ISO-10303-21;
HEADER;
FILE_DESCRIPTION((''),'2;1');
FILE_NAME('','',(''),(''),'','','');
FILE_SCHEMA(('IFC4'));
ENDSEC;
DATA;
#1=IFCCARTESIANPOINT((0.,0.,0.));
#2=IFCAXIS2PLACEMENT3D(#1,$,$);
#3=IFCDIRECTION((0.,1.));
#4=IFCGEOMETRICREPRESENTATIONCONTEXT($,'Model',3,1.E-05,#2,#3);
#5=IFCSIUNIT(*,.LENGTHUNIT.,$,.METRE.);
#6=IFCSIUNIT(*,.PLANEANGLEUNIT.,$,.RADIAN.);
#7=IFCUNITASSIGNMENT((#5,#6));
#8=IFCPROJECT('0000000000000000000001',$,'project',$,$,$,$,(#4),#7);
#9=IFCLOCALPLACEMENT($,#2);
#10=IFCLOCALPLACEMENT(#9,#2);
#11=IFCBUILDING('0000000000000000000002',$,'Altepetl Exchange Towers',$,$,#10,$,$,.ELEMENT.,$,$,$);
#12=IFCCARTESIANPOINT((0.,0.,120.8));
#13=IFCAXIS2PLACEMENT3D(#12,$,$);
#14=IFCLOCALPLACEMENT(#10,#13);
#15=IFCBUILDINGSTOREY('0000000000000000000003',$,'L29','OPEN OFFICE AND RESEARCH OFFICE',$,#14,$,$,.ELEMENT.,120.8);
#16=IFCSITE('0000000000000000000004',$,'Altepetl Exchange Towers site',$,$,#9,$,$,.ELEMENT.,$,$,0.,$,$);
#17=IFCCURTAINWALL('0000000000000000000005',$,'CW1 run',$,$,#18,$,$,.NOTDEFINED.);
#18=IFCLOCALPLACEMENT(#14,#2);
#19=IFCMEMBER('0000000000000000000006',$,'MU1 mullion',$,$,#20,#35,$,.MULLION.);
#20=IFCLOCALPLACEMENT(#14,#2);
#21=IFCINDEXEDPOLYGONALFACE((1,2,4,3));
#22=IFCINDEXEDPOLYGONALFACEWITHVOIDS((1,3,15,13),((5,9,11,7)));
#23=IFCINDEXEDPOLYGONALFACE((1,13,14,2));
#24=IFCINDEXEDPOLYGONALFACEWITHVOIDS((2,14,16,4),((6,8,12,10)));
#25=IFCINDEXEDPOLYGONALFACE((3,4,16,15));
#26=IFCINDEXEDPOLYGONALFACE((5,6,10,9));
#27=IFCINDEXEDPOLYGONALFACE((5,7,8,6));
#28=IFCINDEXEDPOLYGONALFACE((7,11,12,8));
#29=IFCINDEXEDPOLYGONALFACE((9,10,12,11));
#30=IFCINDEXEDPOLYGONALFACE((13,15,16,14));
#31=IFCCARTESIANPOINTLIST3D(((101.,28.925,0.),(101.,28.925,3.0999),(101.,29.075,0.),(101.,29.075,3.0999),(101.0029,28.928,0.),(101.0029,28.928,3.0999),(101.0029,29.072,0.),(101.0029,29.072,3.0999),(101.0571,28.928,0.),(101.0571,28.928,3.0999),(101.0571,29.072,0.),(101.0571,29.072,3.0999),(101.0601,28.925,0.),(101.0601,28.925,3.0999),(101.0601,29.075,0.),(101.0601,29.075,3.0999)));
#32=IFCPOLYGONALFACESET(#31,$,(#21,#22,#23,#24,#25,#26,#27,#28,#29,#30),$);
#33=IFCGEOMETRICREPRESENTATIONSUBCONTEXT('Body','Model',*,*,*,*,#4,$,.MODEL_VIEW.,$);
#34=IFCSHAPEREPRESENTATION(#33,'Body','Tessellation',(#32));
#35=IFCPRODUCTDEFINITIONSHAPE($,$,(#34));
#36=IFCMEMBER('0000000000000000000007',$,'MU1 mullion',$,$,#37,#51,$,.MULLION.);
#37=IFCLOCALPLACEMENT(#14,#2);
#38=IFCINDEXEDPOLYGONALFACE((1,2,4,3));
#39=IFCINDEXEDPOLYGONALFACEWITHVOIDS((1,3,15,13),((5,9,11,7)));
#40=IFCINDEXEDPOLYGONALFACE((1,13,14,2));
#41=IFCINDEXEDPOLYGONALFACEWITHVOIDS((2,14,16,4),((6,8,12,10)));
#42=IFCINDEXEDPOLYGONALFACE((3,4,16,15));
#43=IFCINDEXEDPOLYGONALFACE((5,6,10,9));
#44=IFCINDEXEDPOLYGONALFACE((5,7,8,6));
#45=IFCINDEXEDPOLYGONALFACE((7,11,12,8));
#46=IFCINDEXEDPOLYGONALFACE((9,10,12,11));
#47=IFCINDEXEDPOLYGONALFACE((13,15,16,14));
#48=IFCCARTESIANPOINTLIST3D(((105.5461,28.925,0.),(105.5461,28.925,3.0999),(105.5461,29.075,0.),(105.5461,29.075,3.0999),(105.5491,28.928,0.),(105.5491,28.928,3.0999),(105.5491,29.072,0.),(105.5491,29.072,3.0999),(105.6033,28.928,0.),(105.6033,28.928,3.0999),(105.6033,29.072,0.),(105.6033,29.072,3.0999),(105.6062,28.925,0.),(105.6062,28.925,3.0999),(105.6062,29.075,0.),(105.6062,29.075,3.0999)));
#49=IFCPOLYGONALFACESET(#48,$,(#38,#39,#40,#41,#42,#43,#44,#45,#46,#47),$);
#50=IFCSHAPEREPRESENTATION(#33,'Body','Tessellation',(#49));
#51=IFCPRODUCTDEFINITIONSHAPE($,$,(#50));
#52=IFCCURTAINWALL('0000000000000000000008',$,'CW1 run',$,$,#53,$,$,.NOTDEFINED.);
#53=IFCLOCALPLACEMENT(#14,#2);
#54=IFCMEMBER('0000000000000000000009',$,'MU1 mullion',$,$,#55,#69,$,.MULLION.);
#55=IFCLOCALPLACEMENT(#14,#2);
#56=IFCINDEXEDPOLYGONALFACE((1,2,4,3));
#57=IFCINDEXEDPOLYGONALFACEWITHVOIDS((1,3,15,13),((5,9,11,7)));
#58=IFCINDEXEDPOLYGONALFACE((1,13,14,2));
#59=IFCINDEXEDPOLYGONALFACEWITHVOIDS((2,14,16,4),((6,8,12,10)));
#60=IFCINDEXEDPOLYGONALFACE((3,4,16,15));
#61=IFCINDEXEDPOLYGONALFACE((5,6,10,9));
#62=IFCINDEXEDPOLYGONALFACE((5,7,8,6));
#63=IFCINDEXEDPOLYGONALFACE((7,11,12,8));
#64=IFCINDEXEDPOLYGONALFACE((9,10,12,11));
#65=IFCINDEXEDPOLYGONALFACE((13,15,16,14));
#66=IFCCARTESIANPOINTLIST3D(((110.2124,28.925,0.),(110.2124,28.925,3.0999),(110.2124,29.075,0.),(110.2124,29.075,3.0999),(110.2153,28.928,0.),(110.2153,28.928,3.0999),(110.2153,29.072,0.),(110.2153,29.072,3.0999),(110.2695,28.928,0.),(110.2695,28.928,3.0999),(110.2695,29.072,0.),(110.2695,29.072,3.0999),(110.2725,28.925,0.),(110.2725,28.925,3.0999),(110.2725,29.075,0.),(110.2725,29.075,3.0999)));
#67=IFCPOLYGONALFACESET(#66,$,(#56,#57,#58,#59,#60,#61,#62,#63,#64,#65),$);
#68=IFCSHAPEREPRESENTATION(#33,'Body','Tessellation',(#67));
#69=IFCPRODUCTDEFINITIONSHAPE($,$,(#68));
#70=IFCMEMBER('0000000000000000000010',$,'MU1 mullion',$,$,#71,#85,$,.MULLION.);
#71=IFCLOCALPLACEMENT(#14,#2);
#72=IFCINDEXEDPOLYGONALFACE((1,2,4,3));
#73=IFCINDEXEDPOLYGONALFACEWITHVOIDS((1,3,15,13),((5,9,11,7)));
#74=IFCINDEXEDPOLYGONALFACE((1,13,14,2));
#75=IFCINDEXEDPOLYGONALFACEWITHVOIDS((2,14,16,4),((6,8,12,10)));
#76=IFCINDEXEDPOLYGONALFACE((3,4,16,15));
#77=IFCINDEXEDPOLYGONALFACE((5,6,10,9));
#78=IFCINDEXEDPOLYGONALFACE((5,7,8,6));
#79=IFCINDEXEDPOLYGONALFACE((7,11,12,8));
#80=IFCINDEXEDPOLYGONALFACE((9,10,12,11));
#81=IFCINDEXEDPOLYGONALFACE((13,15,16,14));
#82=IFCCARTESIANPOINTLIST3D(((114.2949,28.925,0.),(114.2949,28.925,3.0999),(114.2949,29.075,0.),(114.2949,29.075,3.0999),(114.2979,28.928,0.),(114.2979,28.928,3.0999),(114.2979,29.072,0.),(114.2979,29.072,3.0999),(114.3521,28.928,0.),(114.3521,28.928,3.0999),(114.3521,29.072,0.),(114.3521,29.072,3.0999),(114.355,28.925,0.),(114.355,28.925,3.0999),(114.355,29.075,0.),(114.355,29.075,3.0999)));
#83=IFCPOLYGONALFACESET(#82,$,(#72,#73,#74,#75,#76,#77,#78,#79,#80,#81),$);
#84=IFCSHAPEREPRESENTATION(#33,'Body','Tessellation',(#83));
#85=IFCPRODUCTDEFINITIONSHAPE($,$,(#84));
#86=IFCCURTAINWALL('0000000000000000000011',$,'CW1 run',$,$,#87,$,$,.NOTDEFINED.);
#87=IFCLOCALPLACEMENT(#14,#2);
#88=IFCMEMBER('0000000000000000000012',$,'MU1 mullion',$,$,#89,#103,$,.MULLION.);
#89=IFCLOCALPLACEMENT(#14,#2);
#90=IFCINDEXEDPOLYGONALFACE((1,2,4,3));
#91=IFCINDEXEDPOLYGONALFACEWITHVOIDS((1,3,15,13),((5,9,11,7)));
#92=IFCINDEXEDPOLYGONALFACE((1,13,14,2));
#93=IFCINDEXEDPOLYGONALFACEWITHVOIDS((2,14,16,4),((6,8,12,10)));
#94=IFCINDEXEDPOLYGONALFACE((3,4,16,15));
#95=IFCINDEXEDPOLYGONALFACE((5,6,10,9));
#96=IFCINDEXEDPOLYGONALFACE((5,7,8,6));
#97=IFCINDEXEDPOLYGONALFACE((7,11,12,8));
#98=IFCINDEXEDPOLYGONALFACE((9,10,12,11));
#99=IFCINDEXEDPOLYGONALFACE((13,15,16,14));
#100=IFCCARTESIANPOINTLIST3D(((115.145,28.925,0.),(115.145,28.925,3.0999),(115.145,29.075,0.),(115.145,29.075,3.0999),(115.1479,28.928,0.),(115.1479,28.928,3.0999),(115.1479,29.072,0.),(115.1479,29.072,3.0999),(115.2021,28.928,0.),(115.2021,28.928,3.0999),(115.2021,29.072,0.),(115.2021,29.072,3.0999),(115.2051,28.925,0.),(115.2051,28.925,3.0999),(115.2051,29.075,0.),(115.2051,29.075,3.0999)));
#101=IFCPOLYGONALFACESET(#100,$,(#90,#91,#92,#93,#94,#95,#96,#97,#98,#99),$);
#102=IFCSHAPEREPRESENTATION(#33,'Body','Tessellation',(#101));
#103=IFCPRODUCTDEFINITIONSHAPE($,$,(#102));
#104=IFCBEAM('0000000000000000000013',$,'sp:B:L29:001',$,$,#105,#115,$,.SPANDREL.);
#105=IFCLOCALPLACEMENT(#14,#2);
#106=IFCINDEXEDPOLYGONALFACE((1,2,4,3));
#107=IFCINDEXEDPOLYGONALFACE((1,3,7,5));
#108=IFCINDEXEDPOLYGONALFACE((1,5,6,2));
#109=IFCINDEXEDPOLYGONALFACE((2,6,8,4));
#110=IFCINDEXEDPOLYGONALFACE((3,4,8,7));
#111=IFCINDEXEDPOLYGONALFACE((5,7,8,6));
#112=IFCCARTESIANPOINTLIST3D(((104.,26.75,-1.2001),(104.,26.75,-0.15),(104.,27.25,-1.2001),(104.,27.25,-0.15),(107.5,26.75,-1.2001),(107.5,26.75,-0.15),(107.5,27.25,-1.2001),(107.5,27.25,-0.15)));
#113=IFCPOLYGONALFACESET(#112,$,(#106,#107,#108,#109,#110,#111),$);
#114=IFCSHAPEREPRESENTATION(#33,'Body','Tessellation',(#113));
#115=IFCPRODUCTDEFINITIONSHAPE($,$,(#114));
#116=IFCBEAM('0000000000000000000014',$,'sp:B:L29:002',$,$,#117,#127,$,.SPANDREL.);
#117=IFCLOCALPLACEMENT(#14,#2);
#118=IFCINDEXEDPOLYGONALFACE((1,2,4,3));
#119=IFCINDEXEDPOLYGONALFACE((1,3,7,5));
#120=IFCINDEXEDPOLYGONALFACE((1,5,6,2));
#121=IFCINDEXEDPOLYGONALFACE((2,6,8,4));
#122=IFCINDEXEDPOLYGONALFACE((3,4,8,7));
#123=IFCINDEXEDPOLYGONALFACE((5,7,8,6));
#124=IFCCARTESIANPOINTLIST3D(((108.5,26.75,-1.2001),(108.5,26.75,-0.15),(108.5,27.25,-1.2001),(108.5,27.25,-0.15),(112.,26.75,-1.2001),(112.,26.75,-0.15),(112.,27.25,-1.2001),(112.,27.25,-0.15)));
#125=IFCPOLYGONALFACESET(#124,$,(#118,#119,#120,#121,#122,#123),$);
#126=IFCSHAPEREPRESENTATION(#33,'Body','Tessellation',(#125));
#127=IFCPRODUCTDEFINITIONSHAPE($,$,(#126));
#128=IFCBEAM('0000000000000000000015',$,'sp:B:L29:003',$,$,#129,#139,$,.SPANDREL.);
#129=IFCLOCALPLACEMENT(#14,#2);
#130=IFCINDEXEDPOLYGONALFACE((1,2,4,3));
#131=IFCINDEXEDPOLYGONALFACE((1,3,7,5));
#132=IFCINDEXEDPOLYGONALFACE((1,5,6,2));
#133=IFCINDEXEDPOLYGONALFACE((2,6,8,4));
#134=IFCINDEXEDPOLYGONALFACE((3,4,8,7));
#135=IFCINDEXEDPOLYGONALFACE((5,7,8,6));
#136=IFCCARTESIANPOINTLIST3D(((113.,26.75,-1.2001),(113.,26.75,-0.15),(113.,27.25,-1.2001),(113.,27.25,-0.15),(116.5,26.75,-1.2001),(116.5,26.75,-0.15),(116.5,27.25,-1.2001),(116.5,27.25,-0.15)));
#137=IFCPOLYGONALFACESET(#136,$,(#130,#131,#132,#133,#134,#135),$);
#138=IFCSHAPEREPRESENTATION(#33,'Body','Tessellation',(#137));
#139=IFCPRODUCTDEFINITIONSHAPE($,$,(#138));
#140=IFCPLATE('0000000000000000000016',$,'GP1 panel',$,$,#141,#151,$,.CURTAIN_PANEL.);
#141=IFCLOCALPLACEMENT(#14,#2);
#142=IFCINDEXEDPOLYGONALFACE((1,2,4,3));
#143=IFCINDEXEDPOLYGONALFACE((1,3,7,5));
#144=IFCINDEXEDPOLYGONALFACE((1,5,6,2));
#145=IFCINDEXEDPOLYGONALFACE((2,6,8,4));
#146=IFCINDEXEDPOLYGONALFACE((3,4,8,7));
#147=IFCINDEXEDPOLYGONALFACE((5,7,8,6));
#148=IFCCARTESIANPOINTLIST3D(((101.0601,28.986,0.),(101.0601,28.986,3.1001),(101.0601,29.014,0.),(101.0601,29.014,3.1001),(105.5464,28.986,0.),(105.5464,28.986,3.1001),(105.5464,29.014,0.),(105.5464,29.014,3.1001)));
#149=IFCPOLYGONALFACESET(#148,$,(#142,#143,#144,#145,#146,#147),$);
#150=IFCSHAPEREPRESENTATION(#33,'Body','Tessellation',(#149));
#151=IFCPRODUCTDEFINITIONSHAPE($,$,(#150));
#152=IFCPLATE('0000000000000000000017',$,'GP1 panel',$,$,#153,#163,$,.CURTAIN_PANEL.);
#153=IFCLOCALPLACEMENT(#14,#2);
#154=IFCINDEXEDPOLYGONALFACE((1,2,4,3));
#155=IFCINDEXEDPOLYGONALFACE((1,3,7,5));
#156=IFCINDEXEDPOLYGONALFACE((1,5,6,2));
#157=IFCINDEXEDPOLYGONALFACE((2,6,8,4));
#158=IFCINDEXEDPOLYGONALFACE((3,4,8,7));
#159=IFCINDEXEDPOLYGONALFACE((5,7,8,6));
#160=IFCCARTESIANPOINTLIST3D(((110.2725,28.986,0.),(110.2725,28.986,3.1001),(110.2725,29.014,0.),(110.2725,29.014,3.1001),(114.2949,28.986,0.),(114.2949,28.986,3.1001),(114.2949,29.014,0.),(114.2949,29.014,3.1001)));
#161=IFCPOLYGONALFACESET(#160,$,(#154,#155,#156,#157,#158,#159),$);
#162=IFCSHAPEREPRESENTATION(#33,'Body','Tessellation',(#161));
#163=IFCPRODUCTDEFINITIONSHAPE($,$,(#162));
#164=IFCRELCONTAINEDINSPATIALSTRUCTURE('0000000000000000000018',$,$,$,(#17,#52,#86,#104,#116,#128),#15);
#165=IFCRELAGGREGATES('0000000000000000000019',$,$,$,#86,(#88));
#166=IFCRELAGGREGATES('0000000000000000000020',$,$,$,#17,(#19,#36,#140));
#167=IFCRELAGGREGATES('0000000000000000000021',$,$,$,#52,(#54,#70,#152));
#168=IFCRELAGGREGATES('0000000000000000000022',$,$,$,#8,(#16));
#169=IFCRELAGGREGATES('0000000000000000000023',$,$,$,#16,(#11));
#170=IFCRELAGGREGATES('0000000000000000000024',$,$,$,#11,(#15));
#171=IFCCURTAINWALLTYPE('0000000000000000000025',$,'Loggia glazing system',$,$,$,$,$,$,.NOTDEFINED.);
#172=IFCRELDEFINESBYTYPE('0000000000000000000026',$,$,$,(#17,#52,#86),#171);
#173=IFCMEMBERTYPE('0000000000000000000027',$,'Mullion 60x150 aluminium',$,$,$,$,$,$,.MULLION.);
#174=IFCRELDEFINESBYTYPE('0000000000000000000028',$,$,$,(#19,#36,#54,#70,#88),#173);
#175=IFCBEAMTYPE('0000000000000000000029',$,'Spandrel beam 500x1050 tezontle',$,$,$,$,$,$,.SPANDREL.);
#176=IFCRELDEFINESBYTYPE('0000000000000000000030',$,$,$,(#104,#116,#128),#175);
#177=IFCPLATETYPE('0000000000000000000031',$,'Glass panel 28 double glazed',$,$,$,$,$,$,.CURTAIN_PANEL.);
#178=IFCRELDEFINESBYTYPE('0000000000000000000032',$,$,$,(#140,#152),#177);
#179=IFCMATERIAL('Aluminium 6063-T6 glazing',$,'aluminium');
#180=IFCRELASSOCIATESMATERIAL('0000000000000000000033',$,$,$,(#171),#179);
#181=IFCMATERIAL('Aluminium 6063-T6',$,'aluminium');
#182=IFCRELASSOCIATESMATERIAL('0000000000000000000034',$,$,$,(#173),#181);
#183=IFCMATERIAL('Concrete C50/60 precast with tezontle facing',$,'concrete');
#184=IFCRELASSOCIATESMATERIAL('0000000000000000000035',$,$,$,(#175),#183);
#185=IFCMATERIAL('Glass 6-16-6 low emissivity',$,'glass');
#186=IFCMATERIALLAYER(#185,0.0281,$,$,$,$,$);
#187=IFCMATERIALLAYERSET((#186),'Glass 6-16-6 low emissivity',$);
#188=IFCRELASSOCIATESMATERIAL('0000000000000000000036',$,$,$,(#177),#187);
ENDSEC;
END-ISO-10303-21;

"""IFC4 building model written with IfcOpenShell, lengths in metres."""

from ifc_helpers import new_model, si_unit, direction, frame, origin, origin_2d, place, context, subcontext, project, spatial, rectangle, hollow_rectangle, extrude, material, layer, layer_set, material_profile, profile_set, type_object, element, aggregate, save


model = new_model("IFC4")

# Units and contexts
model_context = context("Model", 3, precision=1e-05, world=origin(), true_north=direction((0.0, 1.0)))
body_context = subcontext(model_context, "Body", "Model", "MODEL_VIEW")
ifc_project = project(units=[si_unit("LENGTHUNIT", "METRE"), si_unit("PLANEANGLEUNIT", "RADIAN")], contexts=[model_context])

# Site, building, storey
site_placement = place(None, origin())
site = spatial("IfcSite", under=ifc_project, at=site_placement, Name="Altepetl Exchange Towers site", CompositionType="ELEMENT", RefElevation=0.0)
building_placement = place(site_placement, origin())
building = spatial("IfcBuilding", under=site, at=building_placement, Name="Altepetl Exchange Towers", CompositionType="ELEMENT")
storey_placement = place(building_placement, frame((0.0, 0.0, 120.8)))
storey = spatial("IfcBuildingStorey", under=building, at=storey_placement, Name="L29", Description="OPEN OFFICE AND RESEARCH OFFICE", CompositionType="ELEMENT", Elevation=120.8)

# Curtain walls, members
ifc_material_1 = material(Name="Aluminium 6063-T6 glazing", Category="aluminium")
curtain_wall_type = type_object("IfcCurtainWallType", Name="Loggia glazing system", PredefinedType="NOTDEFINED", material=ifc_material_1)
curtain_wall_1_placement = place(storey_placement, origin())
curtain_wall_1 = element("IfcCurtainWall", 1, at=curtain_wall_1_placement, inside=storey, type_object=curtain_wall_type, Name="CW1 run", PredefinedType="NOTDEFINED")
ifc_material_2 = material(Name="Aluminium 6063-T6", Category="aluminium")
ifc_material_profile_1 = material_profile(ifc_material_2, hollow_rectangle(XDim=0.0601, YDim=0.1499, WallThickness=0.0029, at=origin_2d()), Name="Mullion 60x150 aluminium")
ifc_profile_set_1 = profile_set([ifc_material_profile_1], Name="Aluminium 6063-T6")
member_type = type_object("IfcMemberType", Name="Mullion 60x150 aluminium", PredefinedType="MULLION", material=ifc_profile_set_1)
member_1_placement = place(storey_placement, frame((101.03, 29.0, 0.0)))
member_1 = element("IfcMember", 2, at=member_1_placement, type_object=member_type, Name="MU1 mullion", PredefinedType="MULLION", context=body_context, shape_type="SweptSolid", body=[
    extrude(hollow_rectangle(XDim=0.0601, YDim=0.1499, WallThickness=0.0029, at=origin_2d()), origin(), (0.0, 0.0, 1.0), 3.0999),
])
member_2_placement = place(storey_placement, frame((105.5762, 29.0, 0.0)))
member_2 = element("IfcMember", 3, at=member_2_placement, type_object=member_type, Name="MU1 mullion", PredefinedType="MULLION", context=body_context, shape_type="SweptSolid", body=[
    extrude(hollow_rectangle(XDim=0.0601, YDim=0.1499, WallThickness=0.0029, at=origin_2d()), origin(), (0.0, 0.0, 1.0), 3.0999),
])
curtain_wall_2_placement = place(storey_placement, origin())
curtain_wall_2 = element("IfcCurtainWall", 4, at=curtain_wall_2_placement, inside=storey, type_object=curtain_wall_type, Name="CW1 run", PredefinedType="NOTDEFINED")
member_3_placement = place(storey_placement, frame((110.2424, 29.0, 0.0)))
member_3 = element("IfcMember", 5, at=member_3_placement, type_object=member_type, Name="MU1 mullion", PredefinedType="MULLION", context=body_context, shape_type="SweptSolid", body=[
    extrude(hollow_rectangle(XDim=0.0601, YDim=0.1499, WallThickness=0.0029, at=origin_2d()), origin(), (0.0, 0.0, 1.0), 3.0999),
])
member_4_placement = place(storey_placement, frame((114.325, 29.0, 0.0)))
member_4 = element("IfcMember", 6, at=member_4_placement, type_object=member_type, Name="MU1 mullion", PredefinedType="MULLION", context=body_context, shape_type="SweptSolid", body=[
    extrude(hollow_rectangle(XDim=0.0601, YDim=0.1499, WallThickness=0.0029, at=origin_2d()), origin(), (0.0, 0.0, 1.0), 3.0999),
])

# Curtain wall, member
curtain_wall_3_placement = place(storey_placement, origin())
curtain_wall_3 = element("IfcCurtainWall", 7, at=curtain_wall_3_placement, inside=storey, type_object=curtain_wall_type, Name="CW1 run", PredefinedType="NOTDEFINED")
member_5_placement = place(storey_placement, frame((115.175, 29.0, 0.0)))
member_5 = element("IfcMember", 8, at=member_5_placement, type_object=member_type, Name="MU1 mullion", PredefinedType="MULLION", context=body_context, shape_type="SweptSolid", body=[
    extrude(hollow_rectangle(XDim=0.0601, YDim=0.1499, WallThickness=0.0029, at=origin_2d()), origin(), (0.0, 0.0, 1.0), 3.0999),
])
aggregate(curtain_wall_3, [member_5])

# Beams
ifc_material_3 = material(Name="Concrete C50/60 precast with tezontle facing", Category="concrete")
ifc_material_profile_2 = material_profile(ifc_material_3, rectangle(XDim=0.5, YDim=1.05, at=origin_2d()), Name="500 x 1050")
ifc_profile_set_2 = profile_set([ifc_material_profile_2], Name="Concrete C50/60 precast with tezontle facing")
beam_type_1 = type_object("IfcBeamType", Name="Spandrel beam 500x1050 tezontle", PredefinedType="SPANDREL", material=ifc_profile_set_2)
for number, where, z_axis, x_axis, name in (
    (9, (104.0, 27.0, -0.675), (1.0, 0.0, 0.0), (0.0, 1.0, 0.0), "sp:B:L29:001"),
    (10, (108.5, 27.0, -0.675), (1.0, 0.0, 0.0), (0.0, 1.0, 0.0), "sp:B:L29:002"),
    (11, (113.0, 27.0, -0.675), (1.0, 0.0, 0.0), (0.0, 1.0, 0.0), "sp:B:L29:003"),
):
    element("IfcBeam", number, at=place(storey_placement, frame(where, z_axis=z_axis, x_axis=x_axis)), inside=storey, type_object=beam_type_1, Name=name, PredefinedType="SPANDREL", context=body_context, shape_type="SweptSolid", body=[
        extrude(rectangle(XDim=0.5, YDim=1.05, at=origin_2d()), origin(), (0.0, 0.0, 1.0), 3.5),
    ])

# Plates
ifc_material_4 = material(Name="Glass 6-16-6 low emissivity", Category="glass")
ifc_layer_1 = layer(ifc_material_4, 0.0281)
ifc_layer_set_1 = layer_set([ifc_layer_1], Name="Glass 6-16-6 low emissivity")
plate_type = type_object("IfcPlateType", Name="Glass panel 28 double glazed", PredefinedType="CURTAIN_PANEL", material=ifc_layer_set_1)
plate_1_placement = place(storey_placement, frame((103.3032, 29.0, 0.0)))
plate_1 = element("IfcPlate", 12, at=plate_1_placement, type_object=plate_type, Name="GP1 panel", PredefinedType="CURTAIN_PANEL", context=body_context, shape_type="SweptSolid", body=[
    extrude(rectangle(XDim=4.4863, YDim=0.0281, at=origin_2d()), origin(), (0.0, 0.0, 1.0), 3.1001),
])
aggregate(curtain_wall_1, [member_1, member_2, plate_1])
plate_2_placement = place(storey_placement, frame((112.2837, 29.0, 0.0)))
plate_2 = element("IfcPlate", 13, at=plate_2_placement, type_object=plate_type, Name="GP1 panel", PredefinedType="CURTAIN_PANEL", context=body_context, shape_type="SweptSolid", body=[
    extrude(rectangle(XDim=4.0225, YDim=0.0281, at=origin_2d()), origin(), (0.0, 0.0, 1.0), 3.1001),
])
aggregate(curtain_wall_2, [member_3, member_4, plate_2])

save(model, "model.ifc")
